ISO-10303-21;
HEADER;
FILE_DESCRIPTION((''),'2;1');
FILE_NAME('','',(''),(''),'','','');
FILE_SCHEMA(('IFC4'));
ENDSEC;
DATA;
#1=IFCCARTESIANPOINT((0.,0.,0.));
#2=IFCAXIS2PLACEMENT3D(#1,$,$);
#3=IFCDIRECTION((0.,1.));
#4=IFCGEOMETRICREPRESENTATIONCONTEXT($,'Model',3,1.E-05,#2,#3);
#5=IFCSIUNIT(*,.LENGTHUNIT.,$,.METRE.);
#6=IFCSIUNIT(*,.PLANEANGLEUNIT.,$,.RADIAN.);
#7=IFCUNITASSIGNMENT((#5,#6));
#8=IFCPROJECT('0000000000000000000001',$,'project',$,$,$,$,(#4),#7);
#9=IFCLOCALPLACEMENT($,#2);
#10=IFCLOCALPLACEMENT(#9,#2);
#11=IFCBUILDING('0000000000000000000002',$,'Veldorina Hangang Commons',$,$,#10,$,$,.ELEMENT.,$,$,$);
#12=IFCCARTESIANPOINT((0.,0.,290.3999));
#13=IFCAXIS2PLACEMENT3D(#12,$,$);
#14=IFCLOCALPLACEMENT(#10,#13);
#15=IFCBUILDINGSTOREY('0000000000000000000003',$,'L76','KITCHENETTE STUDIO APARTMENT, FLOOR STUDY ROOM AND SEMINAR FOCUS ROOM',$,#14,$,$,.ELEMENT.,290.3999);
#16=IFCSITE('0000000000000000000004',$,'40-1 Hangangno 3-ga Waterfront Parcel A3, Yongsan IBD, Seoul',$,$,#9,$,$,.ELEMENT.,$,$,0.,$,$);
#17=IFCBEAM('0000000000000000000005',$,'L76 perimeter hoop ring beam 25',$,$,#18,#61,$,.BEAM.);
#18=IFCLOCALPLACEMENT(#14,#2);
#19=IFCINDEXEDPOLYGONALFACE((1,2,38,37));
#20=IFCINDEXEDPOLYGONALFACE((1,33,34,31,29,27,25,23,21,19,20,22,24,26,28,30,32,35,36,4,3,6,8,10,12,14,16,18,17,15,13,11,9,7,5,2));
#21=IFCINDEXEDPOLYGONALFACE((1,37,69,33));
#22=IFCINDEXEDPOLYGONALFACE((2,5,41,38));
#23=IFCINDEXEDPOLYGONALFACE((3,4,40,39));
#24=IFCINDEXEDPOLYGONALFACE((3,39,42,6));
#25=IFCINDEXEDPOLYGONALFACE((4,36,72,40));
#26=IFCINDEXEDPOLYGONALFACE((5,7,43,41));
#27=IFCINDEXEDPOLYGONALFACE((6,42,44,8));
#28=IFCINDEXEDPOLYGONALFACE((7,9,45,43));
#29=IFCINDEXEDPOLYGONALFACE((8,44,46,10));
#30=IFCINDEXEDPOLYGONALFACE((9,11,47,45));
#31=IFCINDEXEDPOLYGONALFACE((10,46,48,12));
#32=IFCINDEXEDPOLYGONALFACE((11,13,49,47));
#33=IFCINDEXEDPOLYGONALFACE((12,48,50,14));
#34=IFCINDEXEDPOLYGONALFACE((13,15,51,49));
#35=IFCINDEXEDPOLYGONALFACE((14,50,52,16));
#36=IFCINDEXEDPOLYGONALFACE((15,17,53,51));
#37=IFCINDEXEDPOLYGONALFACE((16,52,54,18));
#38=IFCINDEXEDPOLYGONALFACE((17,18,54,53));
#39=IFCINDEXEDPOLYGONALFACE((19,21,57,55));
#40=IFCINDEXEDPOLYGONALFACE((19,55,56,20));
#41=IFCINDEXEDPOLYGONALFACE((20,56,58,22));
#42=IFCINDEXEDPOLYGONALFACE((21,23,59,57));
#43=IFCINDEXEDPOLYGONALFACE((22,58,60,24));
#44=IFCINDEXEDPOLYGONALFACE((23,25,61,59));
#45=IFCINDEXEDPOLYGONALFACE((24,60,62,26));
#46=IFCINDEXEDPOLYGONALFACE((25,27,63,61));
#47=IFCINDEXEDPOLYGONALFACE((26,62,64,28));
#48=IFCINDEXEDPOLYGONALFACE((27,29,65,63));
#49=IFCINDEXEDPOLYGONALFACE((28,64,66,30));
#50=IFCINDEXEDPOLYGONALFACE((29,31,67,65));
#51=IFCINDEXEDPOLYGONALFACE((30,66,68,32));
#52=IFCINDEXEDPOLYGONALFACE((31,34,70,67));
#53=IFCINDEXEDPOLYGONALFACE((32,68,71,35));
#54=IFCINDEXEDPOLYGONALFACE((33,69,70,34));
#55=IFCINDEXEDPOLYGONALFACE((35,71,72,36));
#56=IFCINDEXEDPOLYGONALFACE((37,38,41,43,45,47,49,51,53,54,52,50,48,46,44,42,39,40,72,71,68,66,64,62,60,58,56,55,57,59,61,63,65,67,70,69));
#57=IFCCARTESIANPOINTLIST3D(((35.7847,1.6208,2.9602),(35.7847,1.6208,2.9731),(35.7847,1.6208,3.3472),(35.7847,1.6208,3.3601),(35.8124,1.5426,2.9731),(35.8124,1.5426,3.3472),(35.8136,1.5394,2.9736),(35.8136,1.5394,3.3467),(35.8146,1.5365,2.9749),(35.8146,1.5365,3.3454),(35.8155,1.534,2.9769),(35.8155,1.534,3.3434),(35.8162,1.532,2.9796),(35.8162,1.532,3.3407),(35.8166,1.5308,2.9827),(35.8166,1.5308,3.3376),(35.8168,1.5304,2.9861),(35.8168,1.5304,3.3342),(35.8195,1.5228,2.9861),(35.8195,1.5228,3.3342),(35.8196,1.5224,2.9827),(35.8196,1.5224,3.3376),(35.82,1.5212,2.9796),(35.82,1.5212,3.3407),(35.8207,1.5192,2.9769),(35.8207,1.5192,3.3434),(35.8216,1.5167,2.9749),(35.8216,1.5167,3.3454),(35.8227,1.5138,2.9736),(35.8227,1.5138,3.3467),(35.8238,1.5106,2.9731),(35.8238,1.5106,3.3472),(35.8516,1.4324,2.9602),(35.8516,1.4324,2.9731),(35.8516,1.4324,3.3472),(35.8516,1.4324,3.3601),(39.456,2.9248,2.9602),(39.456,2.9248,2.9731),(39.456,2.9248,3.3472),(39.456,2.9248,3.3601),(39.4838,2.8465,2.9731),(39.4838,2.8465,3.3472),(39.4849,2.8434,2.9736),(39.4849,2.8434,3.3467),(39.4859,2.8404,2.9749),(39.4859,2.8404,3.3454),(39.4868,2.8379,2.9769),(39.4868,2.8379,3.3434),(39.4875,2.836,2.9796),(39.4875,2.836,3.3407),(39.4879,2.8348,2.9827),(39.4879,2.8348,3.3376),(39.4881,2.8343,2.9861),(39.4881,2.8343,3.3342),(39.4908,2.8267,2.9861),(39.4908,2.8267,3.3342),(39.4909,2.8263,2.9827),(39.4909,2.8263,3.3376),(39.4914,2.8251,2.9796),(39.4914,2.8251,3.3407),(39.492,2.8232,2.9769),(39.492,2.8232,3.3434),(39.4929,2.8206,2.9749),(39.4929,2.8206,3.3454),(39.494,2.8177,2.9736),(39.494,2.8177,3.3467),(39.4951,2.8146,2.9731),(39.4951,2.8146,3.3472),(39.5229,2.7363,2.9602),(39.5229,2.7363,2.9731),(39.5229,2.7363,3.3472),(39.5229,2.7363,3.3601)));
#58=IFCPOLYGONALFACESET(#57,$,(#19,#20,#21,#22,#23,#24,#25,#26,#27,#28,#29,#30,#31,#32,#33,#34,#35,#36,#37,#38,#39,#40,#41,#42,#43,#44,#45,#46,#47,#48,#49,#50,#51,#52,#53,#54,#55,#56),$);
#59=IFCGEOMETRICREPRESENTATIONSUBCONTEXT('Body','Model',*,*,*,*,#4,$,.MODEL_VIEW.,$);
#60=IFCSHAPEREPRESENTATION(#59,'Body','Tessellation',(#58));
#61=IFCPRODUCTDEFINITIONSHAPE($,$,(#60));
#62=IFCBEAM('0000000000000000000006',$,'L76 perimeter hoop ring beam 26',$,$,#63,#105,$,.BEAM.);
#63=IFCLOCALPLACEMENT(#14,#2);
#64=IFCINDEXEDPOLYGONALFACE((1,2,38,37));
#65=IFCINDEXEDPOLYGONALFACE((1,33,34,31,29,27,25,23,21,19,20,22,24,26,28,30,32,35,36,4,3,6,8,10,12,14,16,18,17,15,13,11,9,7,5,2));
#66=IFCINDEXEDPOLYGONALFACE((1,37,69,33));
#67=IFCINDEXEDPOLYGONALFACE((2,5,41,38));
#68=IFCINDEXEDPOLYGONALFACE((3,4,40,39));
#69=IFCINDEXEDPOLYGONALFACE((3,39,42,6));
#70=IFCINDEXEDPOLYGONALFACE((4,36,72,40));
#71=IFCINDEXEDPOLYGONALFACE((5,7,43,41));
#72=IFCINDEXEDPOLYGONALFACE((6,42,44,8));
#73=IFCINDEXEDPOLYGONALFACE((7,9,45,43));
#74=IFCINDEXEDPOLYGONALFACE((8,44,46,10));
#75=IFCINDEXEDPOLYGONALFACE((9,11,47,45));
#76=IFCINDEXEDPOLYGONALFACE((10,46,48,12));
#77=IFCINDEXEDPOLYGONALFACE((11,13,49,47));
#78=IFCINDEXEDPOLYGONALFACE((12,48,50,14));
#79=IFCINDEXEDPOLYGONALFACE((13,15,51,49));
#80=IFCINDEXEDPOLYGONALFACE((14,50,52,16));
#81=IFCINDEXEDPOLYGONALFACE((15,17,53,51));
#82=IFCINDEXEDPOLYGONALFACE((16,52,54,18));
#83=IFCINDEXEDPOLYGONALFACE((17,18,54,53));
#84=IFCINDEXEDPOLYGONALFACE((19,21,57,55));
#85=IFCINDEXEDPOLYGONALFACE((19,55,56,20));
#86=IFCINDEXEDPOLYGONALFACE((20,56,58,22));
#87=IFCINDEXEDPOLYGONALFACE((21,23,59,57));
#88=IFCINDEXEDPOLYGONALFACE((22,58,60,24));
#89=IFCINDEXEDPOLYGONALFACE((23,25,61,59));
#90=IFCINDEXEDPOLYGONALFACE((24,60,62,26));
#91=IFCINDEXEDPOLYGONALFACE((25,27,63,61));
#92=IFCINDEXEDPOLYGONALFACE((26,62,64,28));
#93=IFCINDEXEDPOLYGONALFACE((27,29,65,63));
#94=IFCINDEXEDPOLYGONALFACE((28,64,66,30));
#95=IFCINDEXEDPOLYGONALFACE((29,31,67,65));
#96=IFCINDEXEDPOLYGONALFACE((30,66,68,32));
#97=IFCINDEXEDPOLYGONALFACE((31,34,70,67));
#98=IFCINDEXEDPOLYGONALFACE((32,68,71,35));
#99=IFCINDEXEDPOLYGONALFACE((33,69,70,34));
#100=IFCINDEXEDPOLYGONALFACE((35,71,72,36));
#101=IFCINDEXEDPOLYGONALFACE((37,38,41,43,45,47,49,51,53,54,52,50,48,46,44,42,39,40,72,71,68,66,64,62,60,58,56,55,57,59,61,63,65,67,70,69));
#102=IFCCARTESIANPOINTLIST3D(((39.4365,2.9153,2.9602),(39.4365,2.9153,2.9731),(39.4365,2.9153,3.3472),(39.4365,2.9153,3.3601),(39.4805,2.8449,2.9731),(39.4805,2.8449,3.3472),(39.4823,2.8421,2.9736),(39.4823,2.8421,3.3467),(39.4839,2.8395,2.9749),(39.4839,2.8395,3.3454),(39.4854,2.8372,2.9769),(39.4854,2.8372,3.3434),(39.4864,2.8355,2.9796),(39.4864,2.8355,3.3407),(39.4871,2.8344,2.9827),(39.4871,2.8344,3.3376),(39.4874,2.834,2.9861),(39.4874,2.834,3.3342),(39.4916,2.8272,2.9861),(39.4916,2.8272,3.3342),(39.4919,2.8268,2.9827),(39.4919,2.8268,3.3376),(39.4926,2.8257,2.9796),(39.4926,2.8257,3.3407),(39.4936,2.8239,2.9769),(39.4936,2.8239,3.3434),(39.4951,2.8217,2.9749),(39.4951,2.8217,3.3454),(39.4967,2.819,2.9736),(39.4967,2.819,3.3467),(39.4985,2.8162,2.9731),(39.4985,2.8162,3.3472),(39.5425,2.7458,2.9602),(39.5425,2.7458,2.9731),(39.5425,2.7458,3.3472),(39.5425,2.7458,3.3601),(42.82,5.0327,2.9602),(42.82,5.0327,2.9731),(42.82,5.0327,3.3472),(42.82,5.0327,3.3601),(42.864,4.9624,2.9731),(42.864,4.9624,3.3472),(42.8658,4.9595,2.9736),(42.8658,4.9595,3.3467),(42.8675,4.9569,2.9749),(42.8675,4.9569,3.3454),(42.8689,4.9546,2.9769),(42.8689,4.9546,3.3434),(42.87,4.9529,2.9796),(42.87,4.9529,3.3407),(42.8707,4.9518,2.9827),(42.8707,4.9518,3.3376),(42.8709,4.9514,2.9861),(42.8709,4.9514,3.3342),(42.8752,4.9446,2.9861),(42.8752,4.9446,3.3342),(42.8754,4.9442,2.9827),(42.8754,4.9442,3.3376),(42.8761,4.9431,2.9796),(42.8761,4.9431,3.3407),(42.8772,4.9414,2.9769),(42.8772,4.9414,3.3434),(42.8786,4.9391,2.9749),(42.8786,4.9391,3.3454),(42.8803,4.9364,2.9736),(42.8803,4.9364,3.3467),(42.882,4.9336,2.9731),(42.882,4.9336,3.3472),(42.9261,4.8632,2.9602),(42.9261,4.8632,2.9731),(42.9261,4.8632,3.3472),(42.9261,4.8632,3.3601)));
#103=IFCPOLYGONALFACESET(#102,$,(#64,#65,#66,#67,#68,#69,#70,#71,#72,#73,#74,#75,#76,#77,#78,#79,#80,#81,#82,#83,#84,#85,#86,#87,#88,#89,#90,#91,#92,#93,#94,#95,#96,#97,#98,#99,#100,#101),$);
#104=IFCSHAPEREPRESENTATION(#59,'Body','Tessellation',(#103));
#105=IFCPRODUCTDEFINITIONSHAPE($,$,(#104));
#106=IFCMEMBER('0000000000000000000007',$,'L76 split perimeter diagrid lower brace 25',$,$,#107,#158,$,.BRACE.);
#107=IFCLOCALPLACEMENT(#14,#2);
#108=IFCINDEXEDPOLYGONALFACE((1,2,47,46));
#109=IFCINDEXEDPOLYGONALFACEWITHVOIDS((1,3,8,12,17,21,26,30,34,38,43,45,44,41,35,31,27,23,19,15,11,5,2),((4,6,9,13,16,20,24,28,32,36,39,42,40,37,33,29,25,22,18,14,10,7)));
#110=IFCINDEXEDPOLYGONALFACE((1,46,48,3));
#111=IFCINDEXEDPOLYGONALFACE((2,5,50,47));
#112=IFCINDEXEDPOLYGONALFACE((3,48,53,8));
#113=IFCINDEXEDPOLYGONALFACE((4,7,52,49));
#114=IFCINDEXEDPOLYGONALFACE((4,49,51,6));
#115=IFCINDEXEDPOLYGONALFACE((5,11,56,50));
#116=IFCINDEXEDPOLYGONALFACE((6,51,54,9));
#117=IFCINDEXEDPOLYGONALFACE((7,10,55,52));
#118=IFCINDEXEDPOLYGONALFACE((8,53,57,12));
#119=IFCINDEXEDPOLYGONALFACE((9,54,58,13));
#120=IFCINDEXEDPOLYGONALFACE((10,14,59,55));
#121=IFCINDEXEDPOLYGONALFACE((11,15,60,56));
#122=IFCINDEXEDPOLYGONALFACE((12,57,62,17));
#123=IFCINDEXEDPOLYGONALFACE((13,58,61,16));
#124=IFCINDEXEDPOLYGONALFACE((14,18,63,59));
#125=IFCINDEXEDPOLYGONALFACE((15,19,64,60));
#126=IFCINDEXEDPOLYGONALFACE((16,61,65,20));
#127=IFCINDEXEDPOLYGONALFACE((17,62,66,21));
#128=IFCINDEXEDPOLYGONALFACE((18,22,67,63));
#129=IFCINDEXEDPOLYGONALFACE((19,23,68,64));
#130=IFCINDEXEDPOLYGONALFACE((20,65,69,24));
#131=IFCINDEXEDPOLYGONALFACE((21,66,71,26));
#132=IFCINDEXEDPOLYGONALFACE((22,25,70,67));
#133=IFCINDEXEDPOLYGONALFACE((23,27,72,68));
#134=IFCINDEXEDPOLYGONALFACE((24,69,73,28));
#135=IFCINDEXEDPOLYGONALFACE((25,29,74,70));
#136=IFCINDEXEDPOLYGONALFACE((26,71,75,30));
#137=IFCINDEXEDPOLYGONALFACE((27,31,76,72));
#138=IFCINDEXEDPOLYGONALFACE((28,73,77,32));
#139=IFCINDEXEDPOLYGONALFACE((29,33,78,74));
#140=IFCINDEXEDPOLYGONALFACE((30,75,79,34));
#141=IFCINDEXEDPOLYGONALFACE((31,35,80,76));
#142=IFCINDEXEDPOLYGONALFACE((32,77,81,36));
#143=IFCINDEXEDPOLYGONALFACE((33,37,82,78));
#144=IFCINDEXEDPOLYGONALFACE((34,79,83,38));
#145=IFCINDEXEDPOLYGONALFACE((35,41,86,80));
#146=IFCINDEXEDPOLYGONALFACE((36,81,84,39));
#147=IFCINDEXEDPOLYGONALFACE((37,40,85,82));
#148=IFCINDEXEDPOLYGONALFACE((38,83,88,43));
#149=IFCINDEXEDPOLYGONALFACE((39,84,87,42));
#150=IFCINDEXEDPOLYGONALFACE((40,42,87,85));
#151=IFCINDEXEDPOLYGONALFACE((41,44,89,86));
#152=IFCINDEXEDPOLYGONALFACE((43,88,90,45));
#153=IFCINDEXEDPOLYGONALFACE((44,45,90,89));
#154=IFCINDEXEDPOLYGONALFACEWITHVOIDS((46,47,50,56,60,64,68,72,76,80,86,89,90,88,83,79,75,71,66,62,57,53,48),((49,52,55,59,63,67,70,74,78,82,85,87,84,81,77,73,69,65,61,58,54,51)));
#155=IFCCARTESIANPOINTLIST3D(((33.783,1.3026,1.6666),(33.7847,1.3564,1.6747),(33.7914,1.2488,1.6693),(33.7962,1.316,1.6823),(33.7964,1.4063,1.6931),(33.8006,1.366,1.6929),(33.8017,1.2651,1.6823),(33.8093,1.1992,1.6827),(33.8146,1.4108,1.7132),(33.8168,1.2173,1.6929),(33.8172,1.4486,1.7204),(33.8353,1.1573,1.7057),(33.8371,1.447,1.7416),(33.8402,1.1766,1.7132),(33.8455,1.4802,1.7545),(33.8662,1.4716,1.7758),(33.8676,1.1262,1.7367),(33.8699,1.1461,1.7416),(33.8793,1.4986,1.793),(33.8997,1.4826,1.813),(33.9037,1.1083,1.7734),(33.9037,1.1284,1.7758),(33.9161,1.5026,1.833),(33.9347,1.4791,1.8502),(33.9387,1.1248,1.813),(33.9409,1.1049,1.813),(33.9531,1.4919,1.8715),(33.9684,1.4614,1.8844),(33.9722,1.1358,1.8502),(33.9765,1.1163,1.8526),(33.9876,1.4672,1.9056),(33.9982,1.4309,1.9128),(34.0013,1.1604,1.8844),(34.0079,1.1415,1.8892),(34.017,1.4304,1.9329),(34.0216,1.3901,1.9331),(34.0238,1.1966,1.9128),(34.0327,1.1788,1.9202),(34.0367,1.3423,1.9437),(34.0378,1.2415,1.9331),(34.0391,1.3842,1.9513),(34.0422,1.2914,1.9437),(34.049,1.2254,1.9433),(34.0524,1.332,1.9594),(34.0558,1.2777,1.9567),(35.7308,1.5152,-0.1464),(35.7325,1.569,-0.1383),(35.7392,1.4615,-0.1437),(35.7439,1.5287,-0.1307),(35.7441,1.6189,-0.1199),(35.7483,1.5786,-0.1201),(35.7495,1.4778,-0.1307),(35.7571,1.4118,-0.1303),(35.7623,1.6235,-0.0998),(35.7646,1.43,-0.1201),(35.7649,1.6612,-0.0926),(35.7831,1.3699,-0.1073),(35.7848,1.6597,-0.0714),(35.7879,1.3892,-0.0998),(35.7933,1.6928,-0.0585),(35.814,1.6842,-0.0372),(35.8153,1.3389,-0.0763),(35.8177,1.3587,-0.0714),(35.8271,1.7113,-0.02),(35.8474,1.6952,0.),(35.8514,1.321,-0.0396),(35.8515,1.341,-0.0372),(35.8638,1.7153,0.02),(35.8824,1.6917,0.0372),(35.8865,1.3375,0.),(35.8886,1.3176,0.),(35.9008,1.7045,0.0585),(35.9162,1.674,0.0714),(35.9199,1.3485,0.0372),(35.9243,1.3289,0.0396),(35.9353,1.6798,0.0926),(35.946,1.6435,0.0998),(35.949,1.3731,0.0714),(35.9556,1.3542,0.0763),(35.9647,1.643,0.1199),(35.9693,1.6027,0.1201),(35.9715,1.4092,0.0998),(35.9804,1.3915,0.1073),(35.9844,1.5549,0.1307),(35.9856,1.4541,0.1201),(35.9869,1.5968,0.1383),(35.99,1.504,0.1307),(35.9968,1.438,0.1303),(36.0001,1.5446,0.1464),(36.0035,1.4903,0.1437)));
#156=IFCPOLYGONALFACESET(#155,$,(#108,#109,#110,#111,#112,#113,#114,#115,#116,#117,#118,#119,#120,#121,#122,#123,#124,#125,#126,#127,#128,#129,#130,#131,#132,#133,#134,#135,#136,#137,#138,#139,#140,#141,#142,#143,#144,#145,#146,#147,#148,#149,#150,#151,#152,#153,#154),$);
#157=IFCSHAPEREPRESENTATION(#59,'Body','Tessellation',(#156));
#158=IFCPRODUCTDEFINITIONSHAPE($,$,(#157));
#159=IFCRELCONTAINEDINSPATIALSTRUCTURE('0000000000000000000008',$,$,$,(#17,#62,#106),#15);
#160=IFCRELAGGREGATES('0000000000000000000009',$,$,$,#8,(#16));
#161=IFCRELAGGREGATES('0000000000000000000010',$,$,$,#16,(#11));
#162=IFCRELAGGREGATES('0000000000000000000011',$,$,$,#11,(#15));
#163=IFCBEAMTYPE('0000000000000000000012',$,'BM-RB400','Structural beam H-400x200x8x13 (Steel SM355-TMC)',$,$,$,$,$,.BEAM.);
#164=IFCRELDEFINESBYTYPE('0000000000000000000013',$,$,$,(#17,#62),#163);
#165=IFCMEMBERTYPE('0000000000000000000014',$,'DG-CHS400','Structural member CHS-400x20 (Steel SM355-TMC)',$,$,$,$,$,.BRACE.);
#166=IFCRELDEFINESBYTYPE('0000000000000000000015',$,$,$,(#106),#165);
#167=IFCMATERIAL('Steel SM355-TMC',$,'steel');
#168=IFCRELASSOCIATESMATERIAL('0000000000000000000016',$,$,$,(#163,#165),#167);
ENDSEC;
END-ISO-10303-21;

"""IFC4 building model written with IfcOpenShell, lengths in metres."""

from ifc_helpers import new_model, si_unit, direction, frame, origin, origin_2d, place, context, subcontext, project, spatial, hollow_circle, i_section, extrude, material, material_profile, profile_set, type_object, element, save


model = new_model("IFC4")

# Units and contexts
model_context = context("Model", 3, precision=1e-05, world=origin(), true_north=direction((0.0, 1.0)))
body_context = subcontext(model_context, "Body", "Model", "MODEL_VIEW")
ifc_project = project(units=[si_unit("LENGTHUNIT", "METRE"), si_unit("PLANEANGLEUNIT", "RADIAN")], contexts=[model_context])

# Site, building, storey
site_placement = place(None, origin())
site = spatial("IfcSite", under=ifc_project, at=site_placement, Name="40-1 Hangangno 3-ga Waterfront Parcel A3, Yongsan IBD, Seoul", CompositionType="ELEMENT", RefElevation=0.0)
building_placement = place(site_placement, origin())
building = spatial("IfcBuilding", under=site, at=building_placement, Name="Veldorina Hangang Commons", CompositionType="ELEMENT")
storey_placement = place(building_placement, frame((0.0, 0.0, 290.3999)))
storey = spatial("IfcBuildingStorey", under=building, at=storey_placement, Name="L76", Description="KITCHENETTE STUDIO APARTMENT, FLOOR STUDY ROOM AND SEMINAR FOCUS ROOM", CompositionType="ELEMENT", Elevation=290.3999)

# Beams
ifc_material_1 = material(Name="Steel SM355-TMC", Category="steel")
ifc_material_profile_1 = material_profile(ifc_material_1, i_section(OverallWidth=0.2, OverallDepth=0.3999, WebThickness=0.0081, FlangeThickness=0.0129, FilletRadius=0.0129, at=origin_2d()), Name="H-400x200x8x13")
ifc_profile_set_1 = profile_set([ifc_material_profile_1], Name="Steel SM355-TMC")
beam_type = type_object("IfcBeamType", Name="BM-RB400", Description="Structural beam H-400x200x8x13 (Steel SM355-TMC)", PredefinedType="BEAM", material=ifc_profile_set_1)
beam_1_placement = place(storey_placement, frame((35.8181, 1.5266, 3.1602), z_axis=(0.94233, 0.334685, 0.0), x_axis=(-0.334685, 0.94233, 0.0)))
element("IfcBeam", 1, at=beam_1_placement, inside=storey, type_object=beam_type, Name="L76 perimeter hoop ring beam 25", PredefinedType="BEAM", context=body_context, shape_type="SweptSolid", body=[
    extrude(i_section(OverallWidth=0.2, OverallDepth=0.3999, WebThickness=0.0081, FlangeThickness=0.0129, FilletRadius=0.0129, at=origin_2d()), origin(), (0.0, 0.0, 1.0), 3.896),
])
beam_2_placement = place(storey_placement, frame((39.4895, 2.8306, 3.1602), z_axis=(0.847692, 0.530488, 0.0), x_axis=(-0.530488, 0.847692, 0.0)))
element("IfcBeam", 2, at=beam_2_placement, inside=storey, type_object=beam_type, Name="L76 perimeter hoop ring beam 26", PredefinedType="BEAM", context=body_context, shape_type="SweptSolid", body=[
    extrude(i_section(OverallWidth=0.2, OverallDepth=0.3999, WebThickness=0.0081, FlangeThickness=0.0129, FilletRadius=0.0129, at=origin_2d()), origin(), (0.0, 0.0, 1.0), 3.9915),
])

# Member
ifc_material_profile_2 = material_profile(ifc_material_1, hollow_circle(Radius=0.2, WallThickness=0.02, at=origin_2d()), Name="CHS-400x20")
ifc_profile_set_2 = profile_set([ifc_material_profile_2], Name="Steel SM355-TMC")
member_type_1 = type_object("IfcMemberType", Name="DG-CHS400", Description="Structural member CHS-400x20 (Steel SM355-TMC)", PredefinedType="BRACE", material=ifc_profile_set_2)
member_1_placement = place(storey_placement, frame((35.8669, 1.5164, 0.0), z_axis=(-0.72965, -0.07966, 0.679165), x_axis=(0.10853, -0.994093, 0.0)))
element("IfcMember", 3, at=member_1_placement, inside=storey, type_object=member_type_1, Name="L76 split perimeter diagrid lower brace 25", PredefinedType="BRACE", context=body_context, shape_type="SweptSolid", body=[
    extrude(hollow_circle(Radius=0.2, WallThickness=0.02, at=origin_2d()), origin(), (0.0, 0.0, 1.0), 2.6694),
])

save(model, "model.ifc")
